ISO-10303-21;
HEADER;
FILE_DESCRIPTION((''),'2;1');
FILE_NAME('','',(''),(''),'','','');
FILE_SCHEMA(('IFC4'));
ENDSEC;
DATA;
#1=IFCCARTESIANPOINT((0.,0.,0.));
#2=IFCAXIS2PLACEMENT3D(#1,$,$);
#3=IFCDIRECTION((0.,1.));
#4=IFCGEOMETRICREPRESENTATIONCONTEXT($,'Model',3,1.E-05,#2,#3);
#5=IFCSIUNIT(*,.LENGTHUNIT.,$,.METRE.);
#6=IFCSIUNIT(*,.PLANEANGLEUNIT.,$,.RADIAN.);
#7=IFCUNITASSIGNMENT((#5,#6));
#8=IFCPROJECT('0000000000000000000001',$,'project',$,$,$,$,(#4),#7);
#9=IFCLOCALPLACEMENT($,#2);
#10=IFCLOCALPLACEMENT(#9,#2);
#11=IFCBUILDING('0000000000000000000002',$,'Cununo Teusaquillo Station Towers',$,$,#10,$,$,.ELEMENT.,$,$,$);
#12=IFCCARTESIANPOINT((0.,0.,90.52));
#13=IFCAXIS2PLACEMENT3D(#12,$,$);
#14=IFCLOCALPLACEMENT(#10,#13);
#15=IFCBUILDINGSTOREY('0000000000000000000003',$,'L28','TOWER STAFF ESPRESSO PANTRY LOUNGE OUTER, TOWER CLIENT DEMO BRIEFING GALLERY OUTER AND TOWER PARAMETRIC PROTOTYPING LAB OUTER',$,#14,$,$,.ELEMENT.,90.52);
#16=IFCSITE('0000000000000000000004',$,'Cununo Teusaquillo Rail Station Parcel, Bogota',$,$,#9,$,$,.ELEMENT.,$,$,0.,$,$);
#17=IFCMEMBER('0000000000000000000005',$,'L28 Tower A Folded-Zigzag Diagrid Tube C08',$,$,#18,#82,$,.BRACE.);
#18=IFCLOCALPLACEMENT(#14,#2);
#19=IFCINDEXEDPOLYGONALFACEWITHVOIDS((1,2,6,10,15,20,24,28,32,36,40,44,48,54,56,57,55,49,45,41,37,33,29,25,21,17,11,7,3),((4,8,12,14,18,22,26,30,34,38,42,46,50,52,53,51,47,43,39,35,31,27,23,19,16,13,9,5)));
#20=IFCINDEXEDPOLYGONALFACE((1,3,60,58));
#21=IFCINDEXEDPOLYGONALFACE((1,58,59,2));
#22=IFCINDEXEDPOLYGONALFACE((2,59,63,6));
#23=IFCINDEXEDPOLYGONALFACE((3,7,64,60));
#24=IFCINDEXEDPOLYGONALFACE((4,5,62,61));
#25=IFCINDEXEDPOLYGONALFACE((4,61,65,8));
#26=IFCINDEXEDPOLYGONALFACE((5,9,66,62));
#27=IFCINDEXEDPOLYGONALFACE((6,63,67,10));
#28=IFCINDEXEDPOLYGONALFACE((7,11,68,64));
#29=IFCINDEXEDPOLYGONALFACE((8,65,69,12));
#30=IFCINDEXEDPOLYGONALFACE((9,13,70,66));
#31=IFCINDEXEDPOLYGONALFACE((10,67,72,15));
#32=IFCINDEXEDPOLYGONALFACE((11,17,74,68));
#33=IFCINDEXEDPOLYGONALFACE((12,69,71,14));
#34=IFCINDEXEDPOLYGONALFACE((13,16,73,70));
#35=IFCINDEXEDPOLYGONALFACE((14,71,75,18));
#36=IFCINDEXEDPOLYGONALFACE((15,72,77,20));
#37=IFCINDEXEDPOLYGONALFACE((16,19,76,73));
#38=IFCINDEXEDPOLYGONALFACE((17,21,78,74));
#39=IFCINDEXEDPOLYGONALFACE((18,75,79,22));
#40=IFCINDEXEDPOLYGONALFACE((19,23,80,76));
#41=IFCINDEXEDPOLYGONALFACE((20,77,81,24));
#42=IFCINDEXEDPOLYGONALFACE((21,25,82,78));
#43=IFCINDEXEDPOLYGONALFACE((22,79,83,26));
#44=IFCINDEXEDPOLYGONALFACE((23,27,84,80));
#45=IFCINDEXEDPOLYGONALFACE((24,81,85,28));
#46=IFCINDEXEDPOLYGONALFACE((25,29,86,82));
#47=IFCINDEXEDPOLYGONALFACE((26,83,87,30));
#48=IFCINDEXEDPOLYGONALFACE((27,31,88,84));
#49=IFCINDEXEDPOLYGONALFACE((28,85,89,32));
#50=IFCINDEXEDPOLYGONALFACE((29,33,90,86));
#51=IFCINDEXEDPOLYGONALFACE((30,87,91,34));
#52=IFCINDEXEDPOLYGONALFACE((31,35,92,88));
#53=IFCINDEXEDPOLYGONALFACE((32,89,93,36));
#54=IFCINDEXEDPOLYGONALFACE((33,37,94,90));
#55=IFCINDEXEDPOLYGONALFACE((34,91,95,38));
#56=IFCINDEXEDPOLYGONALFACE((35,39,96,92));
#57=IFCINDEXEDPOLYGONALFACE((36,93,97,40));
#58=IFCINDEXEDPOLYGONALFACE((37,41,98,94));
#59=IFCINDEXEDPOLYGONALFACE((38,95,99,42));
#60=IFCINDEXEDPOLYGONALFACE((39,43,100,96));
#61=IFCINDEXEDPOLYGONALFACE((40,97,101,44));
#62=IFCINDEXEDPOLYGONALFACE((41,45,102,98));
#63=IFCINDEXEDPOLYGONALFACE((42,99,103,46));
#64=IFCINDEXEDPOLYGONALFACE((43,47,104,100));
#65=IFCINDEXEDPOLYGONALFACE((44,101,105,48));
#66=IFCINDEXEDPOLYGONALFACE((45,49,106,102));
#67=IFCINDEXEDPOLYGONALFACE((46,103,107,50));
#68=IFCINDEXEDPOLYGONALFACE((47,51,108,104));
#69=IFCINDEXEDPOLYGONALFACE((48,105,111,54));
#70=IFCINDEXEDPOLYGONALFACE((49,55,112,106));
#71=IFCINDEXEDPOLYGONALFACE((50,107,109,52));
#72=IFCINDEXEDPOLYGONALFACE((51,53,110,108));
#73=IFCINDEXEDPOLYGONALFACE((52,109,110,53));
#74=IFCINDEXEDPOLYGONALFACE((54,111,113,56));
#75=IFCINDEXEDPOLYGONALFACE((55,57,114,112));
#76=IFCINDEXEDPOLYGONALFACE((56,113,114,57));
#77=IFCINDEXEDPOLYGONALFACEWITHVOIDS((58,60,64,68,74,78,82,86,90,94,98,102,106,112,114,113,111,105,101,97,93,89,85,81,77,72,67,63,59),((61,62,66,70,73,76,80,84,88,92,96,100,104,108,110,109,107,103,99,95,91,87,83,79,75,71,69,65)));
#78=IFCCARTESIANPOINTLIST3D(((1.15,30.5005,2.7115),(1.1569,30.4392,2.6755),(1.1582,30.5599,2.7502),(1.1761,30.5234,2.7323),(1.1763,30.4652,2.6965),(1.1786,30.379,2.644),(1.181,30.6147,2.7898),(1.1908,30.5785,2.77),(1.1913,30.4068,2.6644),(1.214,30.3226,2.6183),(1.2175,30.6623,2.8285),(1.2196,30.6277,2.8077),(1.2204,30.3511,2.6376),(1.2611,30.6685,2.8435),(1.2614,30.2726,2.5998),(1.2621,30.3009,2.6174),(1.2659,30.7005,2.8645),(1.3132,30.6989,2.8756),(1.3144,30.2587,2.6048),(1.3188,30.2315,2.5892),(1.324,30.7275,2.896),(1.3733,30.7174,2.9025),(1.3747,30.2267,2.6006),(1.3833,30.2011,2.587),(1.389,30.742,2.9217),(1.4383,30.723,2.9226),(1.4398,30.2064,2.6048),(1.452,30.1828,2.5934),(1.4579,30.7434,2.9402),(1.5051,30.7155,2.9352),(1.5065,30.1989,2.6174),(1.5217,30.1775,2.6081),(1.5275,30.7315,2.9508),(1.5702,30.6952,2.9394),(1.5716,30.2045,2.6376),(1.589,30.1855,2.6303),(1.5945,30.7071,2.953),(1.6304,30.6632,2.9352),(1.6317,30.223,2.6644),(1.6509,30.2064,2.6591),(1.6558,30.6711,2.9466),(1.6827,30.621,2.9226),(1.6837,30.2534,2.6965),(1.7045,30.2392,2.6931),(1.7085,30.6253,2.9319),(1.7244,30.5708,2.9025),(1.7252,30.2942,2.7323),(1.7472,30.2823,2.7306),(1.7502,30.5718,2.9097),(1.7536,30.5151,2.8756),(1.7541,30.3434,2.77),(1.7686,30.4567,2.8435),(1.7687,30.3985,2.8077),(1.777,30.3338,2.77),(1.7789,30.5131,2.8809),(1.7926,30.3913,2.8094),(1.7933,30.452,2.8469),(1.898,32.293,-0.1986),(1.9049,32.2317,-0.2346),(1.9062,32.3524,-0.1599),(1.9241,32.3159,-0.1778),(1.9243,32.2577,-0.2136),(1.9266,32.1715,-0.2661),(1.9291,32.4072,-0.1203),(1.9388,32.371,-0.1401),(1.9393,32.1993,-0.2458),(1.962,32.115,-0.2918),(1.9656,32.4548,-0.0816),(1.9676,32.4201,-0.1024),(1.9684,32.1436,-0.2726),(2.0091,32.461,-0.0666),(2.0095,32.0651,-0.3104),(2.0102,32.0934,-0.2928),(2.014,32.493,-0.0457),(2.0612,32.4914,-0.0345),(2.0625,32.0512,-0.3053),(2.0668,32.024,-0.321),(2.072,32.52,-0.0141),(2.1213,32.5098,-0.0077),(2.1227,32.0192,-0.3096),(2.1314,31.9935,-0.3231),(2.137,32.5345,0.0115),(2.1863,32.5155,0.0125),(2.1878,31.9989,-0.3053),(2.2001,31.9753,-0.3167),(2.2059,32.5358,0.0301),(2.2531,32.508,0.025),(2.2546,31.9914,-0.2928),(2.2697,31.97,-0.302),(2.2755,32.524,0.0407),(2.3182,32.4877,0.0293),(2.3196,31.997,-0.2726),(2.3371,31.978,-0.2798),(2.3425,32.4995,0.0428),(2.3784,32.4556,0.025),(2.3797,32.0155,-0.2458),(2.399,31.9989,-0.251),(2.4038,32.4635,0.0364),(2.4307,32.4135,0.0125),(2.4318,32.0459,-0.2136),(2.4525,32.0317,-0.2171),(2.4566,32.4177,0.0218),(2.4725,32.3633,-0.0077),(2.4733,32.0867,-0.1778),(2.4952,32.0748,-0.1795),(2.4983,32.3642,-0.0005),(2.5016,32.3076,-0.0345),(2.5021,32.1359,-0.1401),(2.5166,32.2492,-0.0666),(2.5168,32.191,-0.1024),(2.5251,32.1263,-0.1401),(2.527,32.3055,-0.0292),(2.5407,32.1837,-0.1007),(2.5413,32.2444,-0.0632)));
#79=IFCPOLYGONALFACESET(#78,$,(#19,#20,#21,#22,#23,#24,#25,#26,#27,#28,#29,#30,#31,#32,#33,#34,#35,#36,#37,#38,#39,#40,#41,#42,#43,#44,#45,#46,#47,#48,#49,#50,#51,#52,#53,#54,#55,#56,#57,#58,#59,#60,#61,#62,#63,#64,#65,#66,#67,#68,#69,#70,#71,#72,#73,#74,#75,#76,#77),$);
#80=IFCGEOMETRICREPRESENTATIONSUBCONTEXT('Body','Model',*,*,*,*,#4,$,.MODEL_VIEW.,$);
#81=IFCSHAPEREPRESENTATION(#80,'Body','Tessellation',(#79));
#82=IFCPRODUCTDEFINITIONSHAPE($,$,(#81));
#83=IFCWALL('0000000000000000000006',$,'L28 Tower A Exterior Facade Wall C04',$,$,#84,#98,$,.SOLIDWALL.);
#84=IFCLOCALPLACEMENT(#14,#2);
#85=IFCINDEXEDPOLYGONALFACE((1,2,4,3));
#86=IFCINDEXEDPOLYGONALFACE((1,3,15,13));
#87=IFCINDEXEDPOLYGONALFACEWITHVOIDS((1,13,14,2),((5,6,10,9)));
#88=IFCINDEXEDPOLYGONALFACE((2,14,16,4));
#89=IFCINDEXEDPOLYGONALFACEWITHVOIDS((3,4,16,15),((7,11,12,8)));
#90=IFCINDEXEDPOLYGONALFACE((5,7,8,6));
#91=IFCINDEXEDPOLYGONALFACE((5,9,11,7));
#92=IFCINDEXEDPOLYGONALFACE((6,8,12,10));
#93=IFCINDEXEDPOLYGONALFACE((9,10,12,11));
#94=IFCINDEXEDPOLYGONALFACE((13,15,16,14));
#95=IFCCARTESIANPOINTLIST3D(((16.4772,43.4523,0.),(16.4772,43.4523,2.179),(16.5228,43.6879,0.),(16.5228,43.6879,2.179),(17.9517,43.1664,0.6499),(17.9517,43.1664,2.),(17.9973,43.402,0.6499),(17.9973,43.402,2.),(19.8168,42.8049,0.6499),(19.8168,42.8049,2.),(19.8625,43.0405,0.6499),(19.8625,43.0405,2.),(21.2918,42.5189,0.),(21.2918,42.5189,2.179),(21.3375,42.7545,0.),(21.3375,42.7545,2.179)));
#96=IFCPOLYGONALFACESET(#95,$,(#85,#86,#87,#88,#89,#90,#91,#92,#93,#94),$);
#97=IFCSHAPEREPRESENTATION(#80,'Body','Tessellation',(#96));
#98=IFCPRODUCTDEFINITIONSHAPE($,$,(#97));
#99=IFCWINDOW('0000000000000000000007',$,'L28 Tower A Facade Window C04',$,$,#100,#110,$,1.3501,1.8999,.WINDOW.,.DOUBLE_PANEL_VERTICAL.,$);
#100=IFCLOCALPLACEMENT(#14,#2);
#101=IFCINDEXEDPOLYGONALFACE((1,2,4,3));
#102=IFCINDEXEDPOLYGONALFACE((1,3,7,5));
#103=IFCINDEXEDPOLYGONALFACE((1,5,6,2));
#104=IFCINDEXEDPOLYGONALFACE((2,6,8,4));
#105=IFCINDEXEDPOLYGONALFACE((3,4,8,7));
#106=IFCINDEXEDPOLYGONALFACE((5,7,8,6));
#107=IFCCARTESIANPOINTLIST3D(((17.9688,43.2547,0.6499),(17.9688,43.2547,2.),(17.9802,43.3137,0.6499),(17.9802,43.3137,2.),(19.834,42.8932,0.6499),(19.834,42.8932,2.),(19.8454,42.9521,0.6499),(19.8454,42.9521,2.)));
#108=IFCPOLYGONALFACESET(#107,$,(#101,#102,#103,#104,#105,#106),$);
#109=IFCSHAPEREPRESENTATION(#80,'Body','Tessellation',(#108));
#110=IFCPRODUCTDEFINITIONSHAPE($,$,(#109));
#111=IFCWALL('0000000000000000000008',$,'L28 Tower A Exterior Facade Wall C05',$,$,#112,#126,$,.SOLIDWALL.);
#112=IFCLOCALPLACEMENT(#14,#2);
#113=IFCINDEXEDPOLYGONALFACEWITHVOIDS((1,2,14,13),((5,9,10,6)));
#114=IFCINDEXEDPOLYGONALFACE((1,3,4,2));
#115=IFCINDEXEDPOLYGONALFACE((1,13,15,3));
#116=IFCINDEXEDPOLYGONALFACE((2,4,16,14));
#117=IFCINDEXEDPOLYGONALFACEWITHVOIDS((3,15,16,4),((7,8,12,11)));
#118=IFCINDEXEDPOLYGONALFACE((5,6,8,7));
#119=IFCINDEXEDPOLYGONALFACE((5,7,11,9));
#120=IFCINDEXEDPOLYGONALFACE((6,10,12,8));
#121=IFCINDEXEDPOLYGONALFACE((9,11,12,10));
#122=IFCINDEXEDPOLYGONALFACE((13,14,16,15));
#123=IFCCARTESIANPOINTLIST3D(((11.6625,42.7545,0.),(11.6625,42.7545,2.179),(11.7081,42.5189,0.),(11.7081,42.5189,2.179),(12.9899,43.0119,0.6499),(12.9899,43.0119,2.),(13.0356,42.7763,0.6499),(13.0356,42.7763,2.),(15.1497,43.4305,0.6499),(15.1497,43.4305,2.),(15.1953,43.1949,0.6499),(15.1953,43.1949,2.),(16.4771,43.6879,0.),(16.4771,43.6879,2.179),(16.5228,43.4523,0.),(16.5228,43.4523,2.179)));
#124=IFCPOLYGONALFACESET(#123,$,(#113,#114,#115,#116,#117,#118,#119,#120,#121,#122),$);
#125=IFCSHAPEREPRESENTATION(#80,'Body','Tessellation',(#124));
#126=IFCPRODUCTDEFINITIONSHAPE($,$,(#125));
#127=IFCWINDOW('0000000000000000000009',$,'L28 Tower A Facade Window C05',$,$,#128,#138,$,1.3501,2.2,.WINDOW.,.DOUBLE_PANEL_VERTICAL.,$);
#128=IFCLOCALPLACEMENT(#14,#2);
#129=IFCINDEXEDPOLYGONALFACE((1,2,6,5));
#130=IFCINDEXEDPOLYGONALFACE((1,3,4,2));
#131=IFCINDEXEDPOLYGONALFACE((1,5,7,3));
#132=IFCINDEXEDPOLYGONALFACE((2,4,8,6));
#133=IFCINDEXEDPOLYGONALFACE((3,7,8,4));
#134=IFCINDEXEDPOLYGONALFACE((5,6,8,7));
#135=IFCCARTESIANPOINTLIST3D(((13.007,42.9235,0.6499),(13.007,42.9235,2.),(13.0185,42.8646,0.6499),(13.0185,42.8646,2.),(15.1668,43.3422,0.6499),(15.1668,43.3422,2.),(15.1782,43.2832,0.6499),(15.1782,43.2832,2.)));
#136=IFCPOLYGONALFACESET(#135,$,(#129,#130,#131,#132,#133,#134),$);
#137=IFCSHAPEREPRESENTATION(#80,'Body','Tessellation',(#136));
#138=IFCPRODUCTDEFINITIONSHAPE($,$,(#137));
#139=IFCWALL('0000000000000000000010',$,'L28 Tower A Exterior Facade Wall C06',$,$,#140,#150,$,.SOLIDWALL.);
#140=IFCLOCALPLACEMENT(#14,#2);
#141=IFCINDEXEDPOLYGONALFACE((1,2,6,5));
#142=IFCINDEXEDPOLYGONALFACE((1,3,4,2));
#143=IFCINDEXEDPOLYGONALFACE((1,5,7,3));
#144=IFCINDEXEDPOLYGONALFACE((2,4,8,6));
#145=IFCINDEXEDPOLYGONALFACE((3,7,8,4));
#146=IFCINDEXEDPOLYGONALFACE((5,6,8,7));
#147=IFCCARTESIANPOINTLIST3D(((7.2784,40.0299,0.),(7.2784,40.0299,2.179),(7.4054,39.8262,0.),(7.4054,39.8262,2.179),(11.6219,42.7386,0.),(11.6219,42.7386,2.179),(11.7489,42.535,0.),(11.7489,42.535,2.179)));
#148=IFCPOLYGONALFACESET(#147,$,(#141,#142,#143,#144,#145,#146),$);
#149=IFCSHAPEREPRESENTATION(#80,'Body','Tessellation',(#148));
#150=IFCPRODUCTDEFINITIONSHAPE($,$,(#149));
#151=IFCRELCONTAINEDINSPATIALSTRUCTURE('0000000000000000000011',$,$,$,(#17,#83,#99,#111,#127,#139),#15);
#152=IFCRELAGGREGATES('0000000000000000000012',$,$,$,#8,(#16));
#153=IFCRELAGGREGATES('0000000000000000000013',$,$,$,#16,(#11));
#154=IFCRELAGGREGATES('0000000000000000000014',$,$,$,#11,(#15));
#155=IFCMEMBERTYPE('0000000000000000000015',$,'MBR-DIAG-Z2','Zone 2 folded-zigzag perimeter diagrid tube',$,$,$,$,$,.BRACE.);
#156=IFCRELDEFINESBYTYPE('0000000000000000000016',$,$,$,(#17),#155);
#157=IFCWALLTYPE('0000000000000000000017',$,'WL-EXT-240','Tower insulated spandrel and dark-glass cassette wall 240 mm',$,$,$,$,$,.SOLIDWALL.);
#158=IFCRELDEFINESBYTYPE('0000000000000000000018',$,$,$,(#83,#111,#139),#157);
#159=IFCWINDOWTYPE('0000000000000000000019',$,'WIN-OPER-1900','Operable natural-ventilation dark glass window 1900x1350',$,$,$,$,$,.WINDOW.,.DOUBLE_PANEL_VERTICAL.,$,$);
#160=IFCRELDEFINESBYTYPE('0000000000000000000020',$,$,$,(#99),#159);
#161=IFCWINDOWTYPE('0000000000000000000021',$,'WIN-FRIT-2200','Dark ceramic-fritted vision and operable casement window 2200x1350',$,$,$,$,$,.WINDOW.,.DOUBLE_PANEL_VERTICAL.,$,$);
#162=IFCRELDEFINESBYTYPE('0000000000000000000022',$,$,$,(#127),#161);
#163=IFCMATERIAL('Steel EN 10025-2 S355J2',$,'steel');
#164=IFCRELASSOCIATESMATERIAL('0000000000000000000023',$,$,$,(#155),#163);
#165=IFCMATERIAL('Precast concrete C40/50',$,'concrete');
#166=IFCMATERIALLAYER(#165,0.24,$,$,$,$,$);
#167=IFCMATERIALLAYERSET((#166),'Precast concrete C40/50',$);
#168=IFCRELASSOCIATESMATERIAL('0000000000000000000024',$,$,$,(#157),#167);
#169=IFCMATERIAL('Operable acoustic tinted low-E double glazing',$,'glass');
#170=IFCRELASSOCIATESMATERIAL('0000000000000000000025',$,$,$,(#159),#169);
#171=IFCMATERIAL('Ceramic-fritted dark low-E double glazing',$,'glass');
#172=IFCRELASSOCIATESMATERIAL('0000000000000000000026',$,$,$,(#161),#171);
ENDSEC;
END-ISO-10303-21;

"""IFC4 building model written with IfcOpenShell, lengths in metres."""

from ifc_helpers import new_model, si_unit, direction, frame, frame_2d, origin, origin_2d, place, context, subcontext, project, spatial, rectangle, hollow_circle, extrude, source, transform, mapped, material, layer, layer_set, material_profile, profile_set, type_object, element, fill, save


model = new_model("IFC4")

# Units and contexts
model_context = context("Model", 3, precision=1e-05, world=origin(), true_north=direction((0.0, 1.0)))
body_context = subcontext(model_context, "Body", "Model", "MODEL_VIEW")
ifc_project = project(units=[si_unit("LENGTHUNIT", "METRE"), si_unit("PLANEANGLEUNIT", "RADIAN")], contexts=[model_context])

# Site, building, storey
site_placement = place(None, origin())
site = spatial("IfcSite", under=ifc_project, at=site_placement, Name="Cununo Teusaquillo Rail Station Parcel, Bogota", CompositionType="ELEMENT", RefElevation=0.0)
building_placement = place(site_placement, origin())
building = spatial("IfcBuilding", under=site, at=building_placement, Name="Cununo Teusaquillo Station Towers", CompositionType="ELEMENT")
storey_placement = place(building_placement, frame((0.0, 0.0, 90.52)))
storey = spatial("IfcBuildingStorey", under=building, at=storey_placement, Name="L28", Description="TOWER STAFF ESPRESSO PANTRY LOUNGE OUTER, TOWER CLIENT DEMO BRIEFING GALLERY OUTER AND TOWER PARAMETRIC PROTOTYPING LAB OUTER", CompositionType="ELEMENT", Elevation=90.52)

# Member
ifc_material_1 = material(Name="Steel EN 10025-2 S355J2", Category="steel")
ifc_material_profile_1 = material_profile(ifc_material_1, hollow_circle(Radius=0.3301, WallThickness=0.0249, at=origin_2d()), Name="CHS 660x25")
ifc_profile_set_1 = profile_set([ifc_material_profile_1], Name="Steel EN 10025-2 S355J2")
member_type = type_object("IfcMemberType", Name="MBR-DIAG-Z2", Description="Zone 2 folded-zigzag perimeter diagrid tube", PredefinedType="BRACE", material=ifc_profile_set_1)
member_1_placement = place(storey_placement, frame((2.2205, 32.2534, -0.1401), z_axis=(-0.213801, -0.512314, 0.831759), x_axis=(0.922861, -0.385133, 0.0)))
element("IfcMember", 1, at=member_1_placement, inside=storey, type_object=member_type, Name="L28 Tower A Folded-Zigzag Diagrid Tube C08", PredefinedType="BRACE", context=body_context, shape_type="SweptSolid", body=[
    extrude(hollow_circle(Radius=0.3301, WallThickness=0.0249, at=origin_2d()), origin(), (0.0, 0.0, 1.0), 3.4988),
])

# Walls, openings, windows
ifc_material_2 = material(Name="Precast concrete C40/50", Category="concrete")
ifc_layer_1 = layer(ifc_material_2, 0.24)
ifc_layer_set_1 = layer_set([ifc_layer_1], Name="Precast concrete C40/50")
wall_type_1 = type_object("IfcWallType", Name="WL-EXT-240", Description="Tower insulated spandrel and dark-glass cassette wall 240 mm", PredefinedType="SOLIDWALL", material=ifc_layer_set_1)
wall_1_placement = place(storey_placement, frame((16.5, 43.5701, 0.0), z_axis=(0.0, 0.0, 1.0), x_axis=(0.981724, -0.190311, 0.0)))
wall_1 = element("IfcWall", 2, at=wall_1_placement, inside=storey, type_object=wall_type_1, Name="L28 Tower A Exterior Facade Wall C04", PredefinedType="SOLIDWALL", context=body_context, shape_type="SweptSolid", body=[
    extrude(rectangle(XDim=4.9043, YDim=0.24, at=frame_2d((2.4521, 0.0))), origin(), (0.0, 0.0, 1.0), 2.179),
])
shared_shape_1 = source(origin(), body_context, "Body", "SweptSolid", [
    extrude(rectangle(XDim=1.8999, YDim=1.3501, at=frame_2d((0.95, 0.675))), frame((0.0, 0.1299, 0.0), z_axis=(0.0, -1.0, 0.0), x_axis=(1.0, 0.0, 0.0)), (0.0, 0.0, 1.0), 0.26),
])
opening_1_placement = place(wall_1_placement, frame((1.502, 0.0, 0.6499)))
opening_1 = element("IfcOpeningElement", 3, at=opening_1_placement, cuts=wall_1, PredefinedType="OPENING", context=body_context, shape_type="MappedRepresentation", body=[
    mapped(shared_shape_1, transform((0.0, 0.0, 0.0), x_axis=(1.0, 0.0, 0.0), y_axis=(0.0, 1.0, 0.0), z_axis=(0.0, 0.0, 1.0), scale=1.0)),
])
ifc_material_3 = material(Name="Operable acoustic tinted low-E double glazing", Category="glass")
window_type_1 = type_object("IfcWindowType", Name="WIN-OPER-1900", Description="Operable natural-ventilation dark glass window 1900x1350", PartitioningType="DOUBLE_PANEL_VERTICAL", PredefinedType="WINDOW", material=ifc_material_3)
shared_shape_2 = source(origin(), body_context, "Body", "SweptSolid", [
    extrude(rectangle(XDim=1.8999, YDim=1.3501, at=frame_2d((0.95, 0.675))), frame((0.0, 0.03, 0.0), z_axis=(0.0, -1.0, 0.0), x_axis=(1.0, 0.0, 0.0)), (0.0, 0.0, 1.0), 0.0601),
])
window_1_placement = place(opening_1_placement, origin())
window_1 = element("IfcWindow", 4, at=window_1_placement, inside=storey, type_object=window_type_1, Name="L28 Tower A Facade Window C04", OverallHeight=1.3501, OverallWidth=1.8999, PartitioningType="DOUBLE_PANEL_VERTICAL", PredefinedType="WINDOW", context=body_context, shape_type="MappedRepresentation", body=[
    mapped(shared_shape_2, transform((0.0, 0.0, 0.0), x_axis=(1.0, 0.0, 0.0), y_axis=(0.0, 1.0, 0.0), z_axis=(0.0, 0.0, 1.0), scale=1.0)),
])
fill(opening_1, window_1)
wall_2_placement = place(storey_placement, frame((11.6853, 42.6367, 0.0), z_axis=(0.0, 0.0, 1.0), x_axis=(0.981724, 0.190311, 0.0)))
wall_2 = element("IfcWall", 5, at=wall_2_placement, inside=storey, type_object=wall_type_1, Name="L28 Tower A Exterior Facade Wall C05", PredefinedType="SOLIDWALL", context=body_context, shape_type="SweptSolid", body=[
    extrude(rectangle(XDim=4.9043, YDim=0.24, at=frame_2d((2.4521, 0.0))), origin(), (0.0, 0.0, 1.0), 2.179),
])
shared_shape_3 = source(origin(), body_context, "Body", "SweptSolid", [
    extrude(rectangle(XDim=2.2, YDim=1.3501, at=frame_2d((1.1001, 0.675))), frame((0.0, 0.1299, 0.0), z_axis=(0.0, -1.0, 0.0), x_axis=(1.0, 0.0, 0.0)), (0.0, 0.0, 1.0), 0.26),
])
opening_2_placement = place(wall_2_placement, frame((1.3521, 0.0, 0.6499)))
opening_2 = element("IfcOpeningElement", 6, at=opening_2_placement, cuts=wall_2, PredefinedType="OPENING", context=body_context, shape_type="MappedRepresentation", body=[
    mapped(shared_shape_3, transform((0.0, 0.0, 0.0), x_axis=(1.0, 0.0, 0.0), y_axis=(0.0, 1.0, 0.0), z_axis=(0.0, 0.0, 1.0), scale=1.0)),
])
ifc_material_4 = material(Name="Ceramic-fritted dark low-E double glazing", Category="glass")
window_type_2 = type_object("IfcWindowType", Name="WIN-FRIT-2200", Description="Dark ceramic-fritted vision and operable casement window 2200x1350", PartitioningType="DOUBLE_PANEL_VERTICAL", PredefinedType="WINDOW", material=ifc_material_4)
shared_shape_4 = source(origin(), body_context, "Body", "SweptSolid", [
    extrude(rectangle(XDim=2.2, YDim=1.3501, at=frame_2d((1.1001, 0.675))), frame((0.0, 0.03, 0.0), z_axis=(0.0, -1.0, 0.0), x_axis=(1.0, 0.0, 0.0)), (0.0, 0.0, 1.0), 0.0601),
])
window_2_placement = place(opening_2_placement, origin())
window_2 = element("IfcWindow", 7, at=window_2_placement, inside=storey, type_object=window_type_2, Name="L28 Tower A Facade Window C05", OverallHeight=1.3501, OverallWidth=2.2, PartitioningType="DOUBLE_PANEL_VERTICAL", PredefinedType="WINDOW", context=body_context, shape_type="MappedRepresentation", body=[
    mapped(shared_shape_4, transform((0.0, 0.0, 0.0), x_axis=(1.0, 0.0, 0.0), y_axis=(0.0, 1.0, 0.0), z_axis=(0.0, 0.0, 1.0), scale=1.0)),
])
fill(opening_2, window_2)

# Wall
wall_3_placement = place(storey_placement, frame((7.3418, 39.928, 0.0), z_axis=(0.0, 0.0, 1.0), x_axis=(0.84852, 0.529163, 0.0)))
element("IfcWall", 8, at=wall_3_placement, inside=storey, type_object=wall_type_1, Name="L28 Tower A Exterior Facade Wall C06", PredefinedType="SOLIDWALL", context=body_context, shape_type="SweptSolid", body=[
    extrude(rectangle(XDim=5.1189, YDim=0.24, at=frame_2d((2.5596, 0.0))), origin(), (0.0, 0.0, 1.0), 2.179),
])

save(model, "model.ifc")
